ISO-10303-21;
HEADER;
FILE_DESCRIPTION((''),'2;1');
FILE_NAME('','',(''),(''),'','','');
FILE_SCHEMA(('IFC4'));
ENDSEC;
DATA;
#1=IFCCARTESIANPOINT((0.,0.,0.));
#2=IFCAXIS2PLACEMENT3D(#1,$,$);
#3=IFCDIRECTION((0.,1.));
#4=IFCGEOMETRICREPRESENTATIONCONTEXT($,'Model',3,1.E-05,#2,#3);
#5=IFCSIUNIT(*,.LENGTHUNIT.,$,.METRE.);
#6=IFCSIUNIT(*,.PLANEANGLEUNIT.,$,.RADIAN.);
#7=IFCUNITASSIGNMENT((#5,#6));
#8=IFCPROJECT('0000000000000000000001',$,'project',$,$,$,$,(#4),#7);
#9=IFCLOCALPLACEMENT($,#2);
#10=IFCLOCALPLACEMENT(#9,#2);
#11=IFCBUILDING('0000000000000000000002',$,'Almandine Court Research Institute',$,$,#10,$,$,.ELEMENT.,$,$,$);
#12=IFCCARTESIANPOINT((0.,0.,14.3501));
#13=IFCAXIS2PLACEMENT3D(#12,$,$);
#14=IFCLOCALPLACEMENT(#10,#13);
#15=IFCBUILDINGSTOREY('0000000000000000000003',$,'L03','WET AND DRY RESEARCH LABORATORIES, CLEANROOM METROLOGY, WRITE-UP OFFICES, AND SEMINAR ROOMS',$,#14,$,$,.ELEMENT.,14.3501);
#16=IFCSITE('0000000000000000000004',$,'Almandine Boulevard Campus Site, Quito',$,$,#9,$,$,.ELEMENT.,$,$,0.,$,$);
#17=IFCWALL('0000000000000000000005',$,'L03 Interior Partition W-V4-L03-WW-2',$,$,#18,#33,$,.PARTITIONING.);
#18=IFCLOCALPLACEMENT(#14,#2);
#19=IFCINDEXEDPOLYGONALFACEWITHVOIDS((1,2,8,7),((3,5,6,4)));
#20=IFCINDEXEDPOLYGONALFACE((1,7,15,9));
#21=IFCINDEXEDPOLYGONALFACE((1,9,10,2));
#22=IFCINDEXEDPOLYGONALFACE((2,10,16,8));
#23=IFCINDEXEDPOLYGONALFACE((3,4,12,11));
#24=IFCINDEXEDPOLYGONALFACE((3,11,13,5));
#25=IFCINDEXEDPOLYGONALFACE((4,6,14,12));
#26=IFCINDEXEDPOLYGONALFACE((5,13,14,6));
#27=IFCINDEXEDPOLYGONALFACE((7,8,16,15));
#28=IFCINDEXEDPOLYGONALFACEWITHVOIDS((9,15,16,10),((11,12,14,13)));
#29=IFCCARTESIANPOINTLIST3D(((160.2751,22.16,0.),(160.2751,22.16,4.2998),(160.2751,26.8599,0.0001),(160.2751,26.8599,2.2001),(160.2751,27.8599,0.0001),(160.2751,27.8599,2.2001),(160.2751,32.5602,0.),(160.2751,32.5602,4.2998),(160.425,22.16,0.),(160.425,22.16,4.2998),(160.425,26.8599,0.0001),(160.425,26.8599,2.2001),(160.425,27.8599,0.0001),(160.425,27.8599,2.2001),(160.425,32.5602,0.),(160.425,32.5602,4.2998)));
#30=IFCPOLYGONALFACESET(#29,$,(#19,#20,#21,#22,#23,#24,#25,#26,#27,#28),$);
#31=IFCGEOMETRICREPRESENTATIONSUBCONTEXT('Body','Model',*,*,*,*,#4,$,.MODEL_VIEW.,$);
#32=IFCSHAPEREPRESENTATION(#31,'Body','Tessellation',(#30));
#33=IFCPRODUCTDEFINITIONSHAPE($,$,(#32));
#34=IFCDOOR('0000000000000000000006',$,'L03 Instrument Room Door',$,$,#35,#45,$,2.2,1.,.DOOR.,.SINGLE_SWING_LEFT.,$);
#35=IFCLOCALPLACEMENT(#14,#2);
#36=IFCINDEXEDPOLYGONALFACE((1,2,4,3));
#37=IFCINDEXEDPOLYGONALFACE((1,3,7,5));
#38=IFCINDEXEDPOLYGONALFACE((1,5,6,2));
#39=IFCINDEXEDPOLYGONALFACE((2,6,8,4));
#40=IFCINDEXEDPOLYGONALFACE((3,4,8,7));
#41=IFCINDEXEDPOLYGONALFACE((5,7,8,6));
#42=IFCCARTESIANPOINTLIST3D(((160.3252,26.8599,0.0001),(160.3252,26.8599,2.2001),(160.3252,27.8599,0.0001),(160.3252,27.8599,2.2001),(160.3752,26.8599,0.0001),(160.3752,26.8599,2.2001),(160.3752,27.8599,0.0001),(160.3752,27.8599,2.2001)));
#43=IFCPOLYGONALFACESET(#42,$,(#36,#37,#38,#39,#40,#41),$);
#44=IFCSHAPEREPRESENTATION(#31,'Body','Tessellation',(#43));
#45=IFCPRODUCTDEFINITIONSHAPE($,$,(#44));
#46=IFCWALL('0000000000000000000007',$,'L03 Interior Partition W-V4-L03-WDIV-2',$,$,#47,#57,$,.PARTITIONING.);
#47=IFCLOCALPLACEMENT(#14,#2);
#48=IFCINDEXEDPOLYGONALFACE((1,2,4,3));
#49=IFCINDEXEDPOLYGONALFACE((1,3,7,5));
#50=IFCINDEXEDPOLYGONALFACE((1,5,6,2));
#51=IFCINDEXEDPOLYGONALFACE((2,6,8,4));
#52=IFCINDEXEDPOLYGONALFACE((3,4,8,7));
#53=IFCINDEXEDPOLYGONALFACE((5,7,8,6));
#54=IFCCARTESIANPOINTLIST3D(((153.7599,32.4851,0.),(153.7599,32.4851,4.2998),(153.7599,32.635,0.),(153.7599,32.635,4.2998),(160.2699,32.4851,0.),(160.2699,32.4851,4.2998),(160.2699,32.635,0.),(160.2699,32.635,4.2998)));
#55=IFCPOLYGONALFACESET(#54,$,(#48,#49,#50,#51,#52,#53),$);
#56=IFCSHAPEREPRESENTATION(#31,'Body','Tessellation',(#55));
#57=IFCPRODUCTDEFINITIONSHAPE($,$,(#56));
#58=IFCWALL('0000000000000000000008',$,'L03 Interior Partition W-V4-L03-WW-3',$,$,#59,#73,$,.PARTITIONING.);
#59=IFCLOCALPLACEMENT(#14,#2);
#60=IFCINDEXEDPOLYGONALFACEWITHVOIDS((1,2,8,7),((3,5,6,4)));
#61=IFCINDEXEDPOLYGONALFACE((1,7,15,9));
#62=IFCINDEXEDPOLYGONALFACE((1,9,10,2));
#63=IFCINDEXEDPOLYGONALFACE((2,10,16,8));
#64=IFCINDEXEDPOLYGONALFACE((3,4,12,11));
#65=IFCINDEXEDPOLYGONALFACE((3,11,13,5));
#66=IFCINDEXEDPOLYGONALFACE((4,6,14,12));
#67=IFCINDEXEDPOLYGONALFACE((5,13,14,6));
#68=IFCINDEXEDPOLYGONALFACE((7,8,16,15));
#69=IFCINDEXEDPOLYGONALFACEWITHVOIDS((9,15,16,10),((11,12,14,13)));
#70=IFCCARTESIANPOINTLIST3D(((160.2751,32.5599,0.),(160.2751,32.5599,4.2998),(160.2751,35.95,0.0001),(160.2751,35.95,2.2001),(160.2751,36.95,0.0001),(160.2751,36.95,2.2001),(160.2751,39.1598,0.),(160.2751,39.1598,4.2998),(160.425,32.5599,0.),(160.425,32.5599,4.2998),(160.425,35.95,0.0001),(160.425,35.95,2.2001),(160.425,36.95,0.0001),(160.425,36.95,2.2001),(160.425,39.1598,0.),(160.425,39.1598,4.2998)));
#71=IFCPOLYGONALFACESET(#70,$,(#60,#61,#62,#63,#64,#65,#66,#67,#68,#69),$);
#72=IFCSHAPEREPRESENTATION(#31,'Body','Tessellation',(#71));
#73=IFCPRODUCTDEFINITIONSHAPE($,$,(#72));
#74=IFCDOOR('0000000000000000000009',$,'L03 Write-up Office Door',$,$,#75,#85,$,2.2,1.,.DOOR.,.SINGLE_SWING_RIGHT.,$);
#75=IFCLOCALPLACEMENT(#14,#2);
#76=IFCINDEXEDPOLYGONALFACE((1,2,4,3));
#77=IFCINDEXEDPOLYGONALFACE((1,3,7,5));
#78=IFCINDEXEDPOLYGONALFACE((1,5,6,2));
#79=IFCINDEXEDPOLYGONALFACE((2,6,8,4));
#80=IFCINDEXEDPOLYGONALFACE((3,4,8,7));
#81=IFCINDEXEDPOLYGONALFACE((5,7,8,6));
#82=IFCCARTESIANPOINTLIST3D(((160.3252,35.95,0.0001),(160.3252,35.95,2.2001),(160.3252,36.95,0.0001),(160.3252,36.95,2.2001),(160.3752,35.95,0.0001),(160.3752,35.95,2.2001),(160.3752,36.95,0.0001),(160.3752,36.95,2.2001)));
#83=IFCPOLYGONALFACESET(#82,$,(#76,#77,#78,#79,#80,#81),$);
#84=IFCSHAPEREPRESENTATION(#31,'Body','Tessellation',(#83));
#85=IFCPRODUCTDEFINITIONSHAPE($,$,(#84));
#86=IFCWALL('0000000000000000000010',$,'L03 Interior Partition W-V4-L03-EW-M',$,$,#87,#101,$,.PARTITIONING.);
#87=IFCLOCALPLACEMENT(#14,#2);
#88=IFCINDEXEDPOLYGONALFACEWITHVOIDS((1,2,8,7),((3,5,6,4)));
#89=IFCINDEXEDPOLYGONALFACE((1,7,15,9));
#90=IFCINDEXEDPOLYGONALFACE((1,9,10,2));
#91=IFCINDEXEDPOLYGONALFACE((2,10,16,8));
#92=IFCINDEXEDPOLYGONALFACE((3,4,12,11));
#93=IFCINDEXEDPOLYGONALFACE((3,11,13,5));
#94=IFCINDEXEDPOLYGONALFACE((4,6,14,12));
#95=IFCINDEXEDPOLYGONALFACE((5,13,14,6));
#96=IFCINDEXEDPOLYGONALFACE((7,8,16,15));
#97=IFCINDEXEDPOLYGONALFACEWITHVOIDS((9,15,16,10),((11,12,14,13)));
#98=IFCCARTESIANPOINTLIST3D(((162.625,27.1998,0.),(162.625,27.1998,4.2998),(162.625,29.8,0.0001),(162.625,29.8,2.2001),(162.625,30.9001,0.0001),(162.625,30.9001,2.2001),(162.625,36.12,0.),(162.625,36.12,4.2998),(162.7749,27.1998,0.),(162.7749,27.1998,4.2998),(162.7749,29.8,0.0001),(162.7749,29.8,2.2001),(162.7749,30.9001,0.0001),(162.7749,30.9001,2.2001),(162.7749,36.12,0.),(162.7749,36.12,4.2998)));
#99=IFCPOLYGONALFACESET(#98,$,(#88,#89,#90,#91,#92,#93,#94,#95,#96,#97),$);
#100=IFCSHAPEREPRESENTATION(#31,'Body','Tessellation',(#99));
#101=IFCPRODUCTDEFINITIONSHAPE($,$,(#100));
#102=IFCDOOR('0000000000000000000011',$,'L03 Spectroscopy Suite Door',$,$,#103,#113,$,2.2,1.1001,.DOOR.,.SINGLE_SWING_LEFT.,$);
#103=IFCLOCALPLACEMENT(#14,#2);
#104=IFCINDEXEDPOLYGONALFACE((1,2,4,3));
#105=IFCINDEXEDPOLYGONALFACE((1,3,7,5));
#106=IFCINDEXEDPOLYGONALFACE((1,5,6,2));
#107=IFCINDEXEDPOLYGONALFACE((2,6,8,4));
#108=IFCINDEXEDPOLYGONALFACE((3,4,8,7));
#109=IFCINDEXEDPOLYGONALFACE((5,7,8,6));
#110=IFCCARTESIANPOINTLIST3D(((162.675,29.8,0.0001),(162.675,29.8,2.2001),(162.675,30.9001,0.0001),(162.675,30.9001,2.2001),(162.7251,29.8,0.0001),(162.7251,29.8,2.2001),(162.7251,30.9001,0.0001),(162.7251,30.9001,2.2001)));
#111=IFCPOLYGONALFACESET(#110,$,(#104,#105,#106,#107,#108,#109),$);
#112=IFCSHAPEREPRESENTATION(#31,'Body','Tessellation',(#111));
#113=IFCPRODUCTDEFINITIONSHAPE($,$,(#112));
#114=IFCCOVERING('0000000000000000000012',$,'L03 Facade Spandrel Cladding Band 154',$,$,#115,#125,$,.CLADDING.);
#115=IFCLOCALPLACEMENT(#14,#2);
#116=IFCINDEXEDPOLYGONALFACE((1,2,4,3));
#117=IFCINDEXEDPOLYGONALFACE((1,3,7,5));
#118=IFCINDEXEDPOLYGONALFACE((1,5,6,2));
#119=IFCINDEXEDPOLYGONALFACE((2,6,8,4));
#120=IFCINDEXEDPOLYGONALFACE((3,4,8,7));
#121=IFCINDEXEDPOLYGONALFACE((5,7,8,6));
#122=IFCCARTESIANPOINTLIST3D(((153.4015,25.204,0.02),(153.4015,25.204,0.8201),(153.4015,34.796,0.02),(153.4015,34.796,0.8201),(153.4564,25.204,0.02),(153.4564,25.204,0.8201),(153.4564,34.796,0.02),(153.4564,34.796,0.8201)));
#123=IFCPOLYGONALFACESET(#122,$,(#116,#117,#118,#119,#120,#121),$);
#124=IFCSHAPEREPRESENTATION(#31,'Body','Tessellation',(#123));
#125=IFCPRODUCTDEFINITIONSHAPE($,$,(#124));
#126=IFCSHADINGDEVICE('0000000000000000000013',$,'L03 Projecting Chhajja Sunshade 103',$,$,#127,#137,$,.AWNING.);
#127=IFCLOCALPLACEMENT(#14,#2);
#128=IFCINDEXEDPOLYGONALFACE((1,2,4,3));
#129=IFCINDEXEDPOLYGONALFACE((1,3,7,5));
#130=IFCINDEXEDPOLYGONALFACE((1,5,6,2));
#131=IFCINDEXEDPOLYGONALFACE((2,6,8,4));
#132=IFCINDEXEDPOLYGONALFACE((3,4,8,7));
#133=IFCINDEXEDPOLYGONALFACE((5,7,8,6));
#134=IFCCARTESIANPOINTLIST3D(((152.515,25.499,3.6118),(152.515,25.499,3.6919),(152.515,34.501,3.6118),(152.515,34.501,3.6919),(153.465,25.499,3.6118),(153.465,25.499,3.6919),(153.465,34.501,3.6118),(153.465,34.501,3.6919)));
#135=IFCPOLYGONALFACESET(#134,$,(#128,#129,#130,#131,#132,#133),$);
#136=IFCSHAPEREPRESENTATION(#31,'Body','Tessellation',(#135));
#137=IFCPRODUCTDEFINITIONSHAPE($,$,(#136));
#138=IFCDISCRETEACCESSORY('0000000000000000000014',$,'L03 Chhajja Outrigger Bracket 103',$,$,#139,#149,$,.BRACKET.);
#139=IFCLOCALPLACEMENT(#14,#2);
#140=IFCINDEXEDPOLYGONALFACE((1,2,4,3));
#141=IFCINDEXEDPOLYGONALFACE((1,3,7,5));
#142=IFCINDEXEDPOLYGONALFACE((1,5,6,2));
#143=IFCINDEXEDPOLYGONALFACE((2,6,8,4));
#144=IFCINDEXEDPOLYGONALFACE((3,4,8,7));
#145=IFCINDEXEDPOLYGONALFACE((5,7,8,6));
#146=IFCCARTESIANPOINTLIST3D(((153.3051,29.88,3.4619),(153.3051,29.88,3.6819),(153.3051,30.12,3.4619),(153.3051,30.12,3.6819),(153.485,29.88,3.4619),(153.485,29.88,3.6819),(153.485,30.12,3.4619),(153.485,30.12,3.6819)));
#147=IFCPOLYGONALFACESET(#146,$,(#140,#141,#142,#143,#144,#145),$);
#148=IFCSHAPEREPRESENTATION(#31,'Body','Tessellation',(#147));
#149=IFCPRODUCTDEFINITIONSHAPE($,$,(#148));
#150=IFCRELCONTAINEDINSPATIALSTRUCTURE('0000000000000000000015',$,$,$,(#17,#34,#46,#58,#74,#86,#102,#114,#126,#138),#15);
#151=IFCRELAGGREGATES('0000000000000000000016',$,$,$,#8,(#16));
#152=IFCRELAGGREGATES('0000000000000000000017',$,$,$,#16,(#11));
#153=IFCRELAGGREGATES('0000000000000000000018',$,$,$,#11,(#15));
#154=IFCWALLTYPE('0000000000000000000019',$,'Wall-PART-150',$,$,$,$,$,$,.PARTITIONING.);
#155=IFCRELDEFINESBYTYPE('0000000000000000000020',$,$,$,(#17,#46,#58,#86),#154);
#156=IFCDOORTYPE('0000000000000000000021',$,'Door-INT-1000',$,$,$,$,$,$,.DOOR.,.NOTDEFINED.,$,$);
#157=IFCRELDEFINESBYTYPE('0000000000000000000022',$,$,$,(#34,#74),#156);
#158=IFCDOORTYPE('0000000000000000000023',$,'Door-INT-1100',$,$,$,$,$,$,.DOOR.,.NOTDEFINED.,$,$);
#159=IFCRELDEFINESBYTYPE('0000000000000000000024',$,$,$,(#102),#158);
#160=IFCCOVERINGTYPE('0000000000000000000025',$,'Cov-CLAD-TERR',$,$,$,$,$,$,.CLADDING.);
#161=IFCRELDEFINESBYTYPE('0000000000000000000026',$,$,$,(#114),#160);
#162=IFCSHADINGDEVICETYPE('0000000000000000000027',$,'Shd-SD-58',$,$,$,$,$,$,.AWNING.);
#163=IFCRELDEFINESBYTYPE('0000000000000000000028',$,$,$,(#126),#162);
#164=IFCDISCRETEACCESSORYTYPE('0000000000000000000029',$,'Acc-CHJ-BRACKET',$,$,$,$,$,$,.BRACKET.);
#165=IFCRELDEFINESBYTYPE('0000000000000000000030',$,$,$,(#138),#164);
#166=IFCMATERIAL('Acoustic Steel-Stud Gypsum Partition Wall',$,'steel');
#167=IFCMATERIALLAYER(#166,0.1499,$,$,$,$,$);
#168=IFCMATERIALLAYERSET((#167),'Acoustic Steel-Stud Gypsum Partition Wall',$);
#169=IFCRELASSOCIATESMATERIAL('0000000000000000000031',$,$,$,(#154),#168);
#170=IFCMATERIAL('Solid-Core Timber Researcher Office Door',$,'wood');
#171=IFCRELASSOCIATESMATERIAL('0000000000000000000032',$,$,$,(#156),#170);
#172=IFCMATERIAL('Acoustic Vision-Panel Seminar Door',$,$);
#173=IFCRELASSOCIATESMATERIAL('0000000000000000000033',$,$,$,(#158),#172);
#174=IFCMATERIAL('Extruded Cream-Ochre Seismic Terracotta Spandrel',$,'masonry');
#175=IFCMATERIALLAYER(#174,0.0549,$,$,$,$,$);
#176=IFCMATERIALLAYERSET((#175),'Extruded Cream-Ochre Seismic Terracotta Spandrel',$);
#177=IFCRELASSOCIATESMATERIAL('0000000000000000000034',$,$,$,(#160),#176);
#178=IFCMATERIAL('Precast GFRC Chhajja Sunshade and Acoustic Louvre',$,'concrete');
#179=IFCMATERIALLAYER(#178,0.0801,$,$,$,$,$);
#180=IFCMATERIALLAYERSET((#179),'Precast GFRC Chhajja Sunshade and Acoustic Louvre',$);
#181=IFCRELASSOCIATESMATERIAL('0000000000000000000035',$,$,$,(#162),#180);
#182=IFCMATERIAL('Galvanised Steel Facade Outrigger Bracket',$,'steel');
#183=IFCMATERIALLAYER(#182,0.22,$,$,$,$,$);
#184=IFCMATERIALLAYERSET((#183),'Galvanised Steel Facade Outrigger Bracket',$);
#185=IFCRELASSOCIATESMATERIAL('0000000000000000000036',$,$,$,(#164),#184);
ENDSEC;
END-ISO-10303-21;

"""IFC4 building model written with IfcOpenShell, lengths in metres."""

from ifc_helpers import new_model, si_unit, direction, frame, frame_2d, origin, origin_2d, place, context, subcontext, project, spatial, rectangle, extrude, material, layer, layer_set, type_object, element, fill, save


model = new_model("IFC4")

# Units and contexts
model_context = context("Model", 3, precision=1e-05, world=origin(), true_north=direction((0.0, 1.0)))
body_context = subcontext(model_context, "Body", "Model", "MODEL_VIEW")
ifc_project = project(units=[si_unit("LENGTHUNIT", "METRE"), si_unit("PLANEANGLEUNIT", "RADIAN")], contexts=[model_context])

# Site, building, storey
site_placement = place(None, origin())
site = spatial("IfcSite", under=ifc_project, at=site_placement, Name="Almandine Boulevard Campus Site, Quito", CompositionType="ELEMENT", RefElevation=0.0)
building_placement = place(site_placement, origin())
building = spatial("IfcBuilding", under=site, at=building_placement, Name="Almandine Court Research Institute", CompositionType="ELEMENT")
storey_placement = place(building_placement, frame((0.0, 0.0, 14.3501)))
storey = spatial("IfcBuildingStorey", under=building, at=storey_placement, Name="L03", Description="WET AND DRY RESEARCH LABORATORIES, CLEANROOM METROLOGY, WRITE-UP OFFICES, AND SEMINAR ROOMS", CompositionType="ELEMENT", Elevation=14.3501)

# Shared definitions
ifc_material_1 = material(Name="Acoustic Steel-Stud Gypsum Partition Wall", Category="steel")
ifc_layer_1 = layer(ifc_material_1, 0.1499)
ifc_layer_set_1 = layer_set([ifc_layer_1], Name="Acoustic Steel-Stud Gypsum Partition Wall")
wall_type_1 = type_object("IfcWallType", Name="Wall-PART-150", PredefinedType="PARTITIONING", material=ifc_layer_set_1)

# Wall, opening, door
wall_1_placement = place(storey_placement, frame((160.3501, 22.1599, 0.0), z_axis=(0.0, 0.0, 1.0), x_axis=(0.0, 1.0, 0.0)))
wall_1 = element("IfcWall", 1, at=wall_1_placement, inside=storey, type_object=wall_type_1, Name="L03 Interior Partition W-V4-L03-WW-2", PredefinedType="PARTITIONING", context=body_context, shape_type="SweptSolid", body=[
    extrude(rectangle(XDim=10.4001, YDim=0.1499, at=frame_2d((5.2002, 0.0))), origin(), (0.0, 0.0, 1.0), 4.2998),
])
opening_1_placement = place(wall_1_placement, frame((4.7, 0.0, 0.0)))
opening_1 = element("IfcOpeningElement", 2, at=opening_1_placement, cuts=wall_1, PredefinedType="OPENING", context=body_context, shape_type="SweptSolid", body=[
    extrude(rectangle(XDim=1.0, YDim=2.2, at=frame_2d((0.5, 1.1001))), frame((0.0, 0.085, 0.0), z_axis=(0.0, -1.0, 0.0), x_axis=(1.0, 0.0, 0.0)), (0.0, 0.0, 1.0), 0.1699),
])
ifc_material_2 = material(Name="Solid-Core Timber Researcher Office Door", Category="wood")
door_type_1 = type_object("IfcDoorType", Name="Door-INT-1000", OperationType="NOTDEFINED", PredefinedType="DOOR", material=ifc_material_2)
door_1_placement = place(opening_1_placement, origin())
door_1 = element("IfcDoor", 3, at=door_1_placement, inside=storey, type_object=door_type_1, Name="L03 Instrument Room Door", OperationType="SINGLE_SWING_LEFT", OverallHeight=2.2, OverallWidth=1.0, PredefinedType="DOOR", context=body_context, shape_type="SweptSolid", body=[
    extrude(rectangle(XDim=1.0, YDim=2.2, at=frame_2d((0.5, 1.1001))), frame((0.0, 0.0249, 0.0), z_axis=(0.0, -1.0, 0.0), x_axis=(1.0, 0.0, 0.0)), (0.0, 0.0, 1.0), 0.05),
])
fill(opening_1, door_1)

# Wall
wall_2_placement = place(storey_placement, frame((153.76, 32.5601, 0.0), z_axis=(0.0, 0.0, 1.0), x_axis=(1.0, 0.0, 0.0)))
element("IfcWall", 4, at=wall_2_placement, inside=storey, type_object=wall_type_1, Name="L03 Interior Partition W-V4-L03-WDIV-2", PredefinedType="PARTITIONING", context=body_context, shape_type="SweptSolid", body=[
    extrude(rectangle(XDim=6.51, YDim=0.1499, at=frame_2d((3.2549, 0.0))), origin(), (0.0, 0.0, 1.0), 4.2998),
])

# Wall, opening, door
wall_3_placement = place(storey_placement, frame((160.3501, 32.5601, 0.0), z_axis=(0.0, 0.0, 1.0), x_axis=(0.0, 1.0, 0.0)))
wall_3 = element("IfcWall", 5, at=wall_3_placement, inside=storey, type_object=wall_type_1, Name="L03 Interior Partition W-V4-L03-WW-3", PredefinedType="PARTITIONING", context=body_context, shape_type="SweptSolid", body=[
    extrude(rectangle(XDim=6.5999, YDim=0.1499, at=frame_2d((3.2998, 0.0))), origin(), (0.0, 0.0, 1.0), 4.2998),
])
opening_2_placement = place(wall_3_placement, frame((3.3899, 0.0, 0.0)))
opening_2 = element("IfcOpeningElement", 6, at=opening_2_placement, cuts=wall_3, PredefinedType="OPENING", context=body_context, shape_type="SweptSolid", body=[
    extrude(rectangle(XDim=1.0, YDim=2.2, at=frame_2d((0.5, 1.1001))), frame((0.0, 0.085, 0.0), z_axis=(0.0, -1.0, 0.0), x_axis=(1.0, 0.0, 0.0)), (0.0, 0.0, 1.0), 0.1699),
])
door_2_placement = place(opening_2_placement, origin())
door_2 = element("IfcDoor", 7, at=door_2_placement, inside=storey, type_object=door_type_1, Name="L03 Write-up Office Door", OperationType="SINGLE_SWING_RIGHT", OverallHeight=2.2, OverallWidth=1.0, PredefinedType="DOOR", context=body_context, shape_type="SweptSolid", body=[
    extrude(rectangle(XDim=1.0, YDim=2.2, at=frame_2d((0.5, 1.1001))), frame((0.0, 0.0249, 0.0), z_axis=(0.0, -1.0, 0.0), x_axis=(1.0, 0.0, 0.0)), (0.0, 0.0, 1.0), 0.05),
])
fill(opening_2, door_2)

# Wall, opening, door
wall_4_placement = place(storey_placement, frame((162.7, 27.2, 0.0), z_axis=(0.0, 0.0, 1.0), x_axis=(0.0, 1.0, 0.0)))
wall_4 = element("IfcWall", 8, at=wall_4_placement, inside=storey, type_object=wall_type_1, Name="L03 Interior Partition W-V4-L03-EW-M", PredefinedType="PARTITIONING", context=body_context, shape_type="SweptSolid", body=[
    extrude(rectangle(XDim=8.9202, YDim=0.1499, at=frame_2d((4.46, 0.0))), origin(), (0.0, 0.0, 1.0), 4.2998),
])
opening_3_placement = place(wall_4_placement, frame((2.6001, 0.0, 0.0)))
opening_3 = element("IfcOpeningElement", 9, at=opening_3_placement, cuts=wall_4, PredefinedType="OPENING", context=body_context, shape_type="SweptSolid", body=[
    extrude(rectangle(XDim=1.1001, YDim=2.2, at=frame_2d((0.55, 1.1001))), frame((0.0, 0.085, 0.0), z_axis=(0.0, -1.0, 0.0), x_axis=(1.0, 0.0, 0.0)), (0.0, 0.0, 1.0), 0.1699),
])
ifc_material_3 = material(Name="Acoustic Vision-Panel Seminar Door")
door_type_2 = type_object("IfcDoorType", Name="Door-INT-1100", OperationType="NOTDEFINED", PredefinedType="DOOR", material=ifc_material_3)
door_3_placement = place(opening_3_placement, origin())
door_3 = element("IfcDoor", 10, at=door_3_placement, inside=storey, type_object=door_type_2, Name="L03 Spectroscopy Suite Door", OperationType="SINGLE_SWING_LEFT", OverallHeight=2.2, OverallWidth=1.1001, PredefinedType="DOOR", context=body_context, shape_type="SweptSolid", body=[
    extrude(rectangle(XDim=1.1001, YDim=2.2, at=frame_2d((0.55, 1.1001))), frame((0.0, 0.0249, 0.0), z_axis=(0.0, -1.0, 0.0), x_axis=(1.0, 0.0, 0.0)), (0.0, 0.0, 1.0), 0.05),
])
fill(opening_3, door_3)

# Covering
ifc_material_4 = material(Name="Extruded Cream-Ochre Seismic Terracotta Spandrel", Category="masonry")
ifc_layer_2 = layer(ifc_material_4, 0.0549)
ifc_layer_set_2 = layer_set([ifc_layer_2], Name="Extruded Cream-Ochre Seismic Terracotta Spandrel")
covering_type = type_object("IfcCoveringType", Name="Cov-CLAD-TERR", PredefinedType="CLADDING", material=ifc_layer_set_2)
covering_placement = place(storey_placement, frame((153.429, 30.0, 0.02), z_axis=(0.0, 0.0, 1.0), x_axis=(0.0, 1.0, 0.0)))
element("IfcCovering", 11, at=covering_placement, inside=storey, type_object=covering_type, Name="L03 Facade Spandrel Cladding Band 154", PredefinedType="CLADDING", context=body_context, shape_type="SweptSolid", body=[
    extrude(rectangle(XDim=9.592, YDim=0.0549, at=origin_2d()), origin(), (0.0, 0.0, 1.0), 0.8),
])

# Shading device
ifc_material_5 = material(Name="Precast GFRC Chhajja Sunshade and Acoustic Louvre", Category="concrete")
ifc_layer_3 = layer(ifc_material_5, 0.0801)
ifc_layer_set_3 = layer_set([ifc_layer_3], Name="Precast GFRC Chhajja Sunshade and Acoustic Louvre")
shading_device_type = type_object("IfcShadingDeviceType", Name="Shd-SD-58", PredefinedType="AWNING", material=ifc_layer_set_3)
shading_device_placement = place(storey_placement, frame((152.99, 30.0, 3.6118), z_axis=(0.0, 0.0, 1.0), x_axis=(0.0, 1.0, 0.0)))
element("IfcShadingDevice", 12, at=shading_device_placement, inside=storey, type_object=shading_device_type, Name="L03 Projecting Chhajja Sunshade 103", PredefinedType="AWNING", context=body_context, shape_type="SweptSolid", body=[
    extrude(rectangle(XDim=9.002, YDim=0.95, at=origin_2d()), origin(), (0.0, 0.0, 1.0), 0.0801),
])

# Discrete accessory
ifc_material_6 = material(Name="Galvanised Steel Facade Outrigger Bracket", Category="steel")
ifc_layer_4 = layer(ifc_material_6, 0.22)
ifc_layer_set_4 = layer_set([ifc_layer_4], Name="Galvanised Steel Facade Outrigger Bracket")
discrete_accessory_type = type_object("IfcDiscreteAccessoryType", Name="Acc-CHJ-BRACKET", PredefinedType="BRACKET", material=ifc_layer_set_4)
discrete_accessory_placement = place(storey_placement, frame((153.395, 30.0, 3.4619), z_axis=(0.0, 0.0, 1.0), x_axis=(0.0, 1.0, 0.0)))
element("IfcDiscreteAccessory", 13, at=discrete_accessory_placement, inside=storey, type_object=discrete_accessory_type, Name="L03 Chhajja Outrigger Bracket 103", PredefinedType="BRACKET", context=body_context, shape_type="SweptSolid", body=[
    extrude(rectangle(XDim=0.24, YDim=0.1799, at=origin_2d()), origin(), (0.0, 0.0, 1.0), 0.22),
])

save(model, "model.ifc")
